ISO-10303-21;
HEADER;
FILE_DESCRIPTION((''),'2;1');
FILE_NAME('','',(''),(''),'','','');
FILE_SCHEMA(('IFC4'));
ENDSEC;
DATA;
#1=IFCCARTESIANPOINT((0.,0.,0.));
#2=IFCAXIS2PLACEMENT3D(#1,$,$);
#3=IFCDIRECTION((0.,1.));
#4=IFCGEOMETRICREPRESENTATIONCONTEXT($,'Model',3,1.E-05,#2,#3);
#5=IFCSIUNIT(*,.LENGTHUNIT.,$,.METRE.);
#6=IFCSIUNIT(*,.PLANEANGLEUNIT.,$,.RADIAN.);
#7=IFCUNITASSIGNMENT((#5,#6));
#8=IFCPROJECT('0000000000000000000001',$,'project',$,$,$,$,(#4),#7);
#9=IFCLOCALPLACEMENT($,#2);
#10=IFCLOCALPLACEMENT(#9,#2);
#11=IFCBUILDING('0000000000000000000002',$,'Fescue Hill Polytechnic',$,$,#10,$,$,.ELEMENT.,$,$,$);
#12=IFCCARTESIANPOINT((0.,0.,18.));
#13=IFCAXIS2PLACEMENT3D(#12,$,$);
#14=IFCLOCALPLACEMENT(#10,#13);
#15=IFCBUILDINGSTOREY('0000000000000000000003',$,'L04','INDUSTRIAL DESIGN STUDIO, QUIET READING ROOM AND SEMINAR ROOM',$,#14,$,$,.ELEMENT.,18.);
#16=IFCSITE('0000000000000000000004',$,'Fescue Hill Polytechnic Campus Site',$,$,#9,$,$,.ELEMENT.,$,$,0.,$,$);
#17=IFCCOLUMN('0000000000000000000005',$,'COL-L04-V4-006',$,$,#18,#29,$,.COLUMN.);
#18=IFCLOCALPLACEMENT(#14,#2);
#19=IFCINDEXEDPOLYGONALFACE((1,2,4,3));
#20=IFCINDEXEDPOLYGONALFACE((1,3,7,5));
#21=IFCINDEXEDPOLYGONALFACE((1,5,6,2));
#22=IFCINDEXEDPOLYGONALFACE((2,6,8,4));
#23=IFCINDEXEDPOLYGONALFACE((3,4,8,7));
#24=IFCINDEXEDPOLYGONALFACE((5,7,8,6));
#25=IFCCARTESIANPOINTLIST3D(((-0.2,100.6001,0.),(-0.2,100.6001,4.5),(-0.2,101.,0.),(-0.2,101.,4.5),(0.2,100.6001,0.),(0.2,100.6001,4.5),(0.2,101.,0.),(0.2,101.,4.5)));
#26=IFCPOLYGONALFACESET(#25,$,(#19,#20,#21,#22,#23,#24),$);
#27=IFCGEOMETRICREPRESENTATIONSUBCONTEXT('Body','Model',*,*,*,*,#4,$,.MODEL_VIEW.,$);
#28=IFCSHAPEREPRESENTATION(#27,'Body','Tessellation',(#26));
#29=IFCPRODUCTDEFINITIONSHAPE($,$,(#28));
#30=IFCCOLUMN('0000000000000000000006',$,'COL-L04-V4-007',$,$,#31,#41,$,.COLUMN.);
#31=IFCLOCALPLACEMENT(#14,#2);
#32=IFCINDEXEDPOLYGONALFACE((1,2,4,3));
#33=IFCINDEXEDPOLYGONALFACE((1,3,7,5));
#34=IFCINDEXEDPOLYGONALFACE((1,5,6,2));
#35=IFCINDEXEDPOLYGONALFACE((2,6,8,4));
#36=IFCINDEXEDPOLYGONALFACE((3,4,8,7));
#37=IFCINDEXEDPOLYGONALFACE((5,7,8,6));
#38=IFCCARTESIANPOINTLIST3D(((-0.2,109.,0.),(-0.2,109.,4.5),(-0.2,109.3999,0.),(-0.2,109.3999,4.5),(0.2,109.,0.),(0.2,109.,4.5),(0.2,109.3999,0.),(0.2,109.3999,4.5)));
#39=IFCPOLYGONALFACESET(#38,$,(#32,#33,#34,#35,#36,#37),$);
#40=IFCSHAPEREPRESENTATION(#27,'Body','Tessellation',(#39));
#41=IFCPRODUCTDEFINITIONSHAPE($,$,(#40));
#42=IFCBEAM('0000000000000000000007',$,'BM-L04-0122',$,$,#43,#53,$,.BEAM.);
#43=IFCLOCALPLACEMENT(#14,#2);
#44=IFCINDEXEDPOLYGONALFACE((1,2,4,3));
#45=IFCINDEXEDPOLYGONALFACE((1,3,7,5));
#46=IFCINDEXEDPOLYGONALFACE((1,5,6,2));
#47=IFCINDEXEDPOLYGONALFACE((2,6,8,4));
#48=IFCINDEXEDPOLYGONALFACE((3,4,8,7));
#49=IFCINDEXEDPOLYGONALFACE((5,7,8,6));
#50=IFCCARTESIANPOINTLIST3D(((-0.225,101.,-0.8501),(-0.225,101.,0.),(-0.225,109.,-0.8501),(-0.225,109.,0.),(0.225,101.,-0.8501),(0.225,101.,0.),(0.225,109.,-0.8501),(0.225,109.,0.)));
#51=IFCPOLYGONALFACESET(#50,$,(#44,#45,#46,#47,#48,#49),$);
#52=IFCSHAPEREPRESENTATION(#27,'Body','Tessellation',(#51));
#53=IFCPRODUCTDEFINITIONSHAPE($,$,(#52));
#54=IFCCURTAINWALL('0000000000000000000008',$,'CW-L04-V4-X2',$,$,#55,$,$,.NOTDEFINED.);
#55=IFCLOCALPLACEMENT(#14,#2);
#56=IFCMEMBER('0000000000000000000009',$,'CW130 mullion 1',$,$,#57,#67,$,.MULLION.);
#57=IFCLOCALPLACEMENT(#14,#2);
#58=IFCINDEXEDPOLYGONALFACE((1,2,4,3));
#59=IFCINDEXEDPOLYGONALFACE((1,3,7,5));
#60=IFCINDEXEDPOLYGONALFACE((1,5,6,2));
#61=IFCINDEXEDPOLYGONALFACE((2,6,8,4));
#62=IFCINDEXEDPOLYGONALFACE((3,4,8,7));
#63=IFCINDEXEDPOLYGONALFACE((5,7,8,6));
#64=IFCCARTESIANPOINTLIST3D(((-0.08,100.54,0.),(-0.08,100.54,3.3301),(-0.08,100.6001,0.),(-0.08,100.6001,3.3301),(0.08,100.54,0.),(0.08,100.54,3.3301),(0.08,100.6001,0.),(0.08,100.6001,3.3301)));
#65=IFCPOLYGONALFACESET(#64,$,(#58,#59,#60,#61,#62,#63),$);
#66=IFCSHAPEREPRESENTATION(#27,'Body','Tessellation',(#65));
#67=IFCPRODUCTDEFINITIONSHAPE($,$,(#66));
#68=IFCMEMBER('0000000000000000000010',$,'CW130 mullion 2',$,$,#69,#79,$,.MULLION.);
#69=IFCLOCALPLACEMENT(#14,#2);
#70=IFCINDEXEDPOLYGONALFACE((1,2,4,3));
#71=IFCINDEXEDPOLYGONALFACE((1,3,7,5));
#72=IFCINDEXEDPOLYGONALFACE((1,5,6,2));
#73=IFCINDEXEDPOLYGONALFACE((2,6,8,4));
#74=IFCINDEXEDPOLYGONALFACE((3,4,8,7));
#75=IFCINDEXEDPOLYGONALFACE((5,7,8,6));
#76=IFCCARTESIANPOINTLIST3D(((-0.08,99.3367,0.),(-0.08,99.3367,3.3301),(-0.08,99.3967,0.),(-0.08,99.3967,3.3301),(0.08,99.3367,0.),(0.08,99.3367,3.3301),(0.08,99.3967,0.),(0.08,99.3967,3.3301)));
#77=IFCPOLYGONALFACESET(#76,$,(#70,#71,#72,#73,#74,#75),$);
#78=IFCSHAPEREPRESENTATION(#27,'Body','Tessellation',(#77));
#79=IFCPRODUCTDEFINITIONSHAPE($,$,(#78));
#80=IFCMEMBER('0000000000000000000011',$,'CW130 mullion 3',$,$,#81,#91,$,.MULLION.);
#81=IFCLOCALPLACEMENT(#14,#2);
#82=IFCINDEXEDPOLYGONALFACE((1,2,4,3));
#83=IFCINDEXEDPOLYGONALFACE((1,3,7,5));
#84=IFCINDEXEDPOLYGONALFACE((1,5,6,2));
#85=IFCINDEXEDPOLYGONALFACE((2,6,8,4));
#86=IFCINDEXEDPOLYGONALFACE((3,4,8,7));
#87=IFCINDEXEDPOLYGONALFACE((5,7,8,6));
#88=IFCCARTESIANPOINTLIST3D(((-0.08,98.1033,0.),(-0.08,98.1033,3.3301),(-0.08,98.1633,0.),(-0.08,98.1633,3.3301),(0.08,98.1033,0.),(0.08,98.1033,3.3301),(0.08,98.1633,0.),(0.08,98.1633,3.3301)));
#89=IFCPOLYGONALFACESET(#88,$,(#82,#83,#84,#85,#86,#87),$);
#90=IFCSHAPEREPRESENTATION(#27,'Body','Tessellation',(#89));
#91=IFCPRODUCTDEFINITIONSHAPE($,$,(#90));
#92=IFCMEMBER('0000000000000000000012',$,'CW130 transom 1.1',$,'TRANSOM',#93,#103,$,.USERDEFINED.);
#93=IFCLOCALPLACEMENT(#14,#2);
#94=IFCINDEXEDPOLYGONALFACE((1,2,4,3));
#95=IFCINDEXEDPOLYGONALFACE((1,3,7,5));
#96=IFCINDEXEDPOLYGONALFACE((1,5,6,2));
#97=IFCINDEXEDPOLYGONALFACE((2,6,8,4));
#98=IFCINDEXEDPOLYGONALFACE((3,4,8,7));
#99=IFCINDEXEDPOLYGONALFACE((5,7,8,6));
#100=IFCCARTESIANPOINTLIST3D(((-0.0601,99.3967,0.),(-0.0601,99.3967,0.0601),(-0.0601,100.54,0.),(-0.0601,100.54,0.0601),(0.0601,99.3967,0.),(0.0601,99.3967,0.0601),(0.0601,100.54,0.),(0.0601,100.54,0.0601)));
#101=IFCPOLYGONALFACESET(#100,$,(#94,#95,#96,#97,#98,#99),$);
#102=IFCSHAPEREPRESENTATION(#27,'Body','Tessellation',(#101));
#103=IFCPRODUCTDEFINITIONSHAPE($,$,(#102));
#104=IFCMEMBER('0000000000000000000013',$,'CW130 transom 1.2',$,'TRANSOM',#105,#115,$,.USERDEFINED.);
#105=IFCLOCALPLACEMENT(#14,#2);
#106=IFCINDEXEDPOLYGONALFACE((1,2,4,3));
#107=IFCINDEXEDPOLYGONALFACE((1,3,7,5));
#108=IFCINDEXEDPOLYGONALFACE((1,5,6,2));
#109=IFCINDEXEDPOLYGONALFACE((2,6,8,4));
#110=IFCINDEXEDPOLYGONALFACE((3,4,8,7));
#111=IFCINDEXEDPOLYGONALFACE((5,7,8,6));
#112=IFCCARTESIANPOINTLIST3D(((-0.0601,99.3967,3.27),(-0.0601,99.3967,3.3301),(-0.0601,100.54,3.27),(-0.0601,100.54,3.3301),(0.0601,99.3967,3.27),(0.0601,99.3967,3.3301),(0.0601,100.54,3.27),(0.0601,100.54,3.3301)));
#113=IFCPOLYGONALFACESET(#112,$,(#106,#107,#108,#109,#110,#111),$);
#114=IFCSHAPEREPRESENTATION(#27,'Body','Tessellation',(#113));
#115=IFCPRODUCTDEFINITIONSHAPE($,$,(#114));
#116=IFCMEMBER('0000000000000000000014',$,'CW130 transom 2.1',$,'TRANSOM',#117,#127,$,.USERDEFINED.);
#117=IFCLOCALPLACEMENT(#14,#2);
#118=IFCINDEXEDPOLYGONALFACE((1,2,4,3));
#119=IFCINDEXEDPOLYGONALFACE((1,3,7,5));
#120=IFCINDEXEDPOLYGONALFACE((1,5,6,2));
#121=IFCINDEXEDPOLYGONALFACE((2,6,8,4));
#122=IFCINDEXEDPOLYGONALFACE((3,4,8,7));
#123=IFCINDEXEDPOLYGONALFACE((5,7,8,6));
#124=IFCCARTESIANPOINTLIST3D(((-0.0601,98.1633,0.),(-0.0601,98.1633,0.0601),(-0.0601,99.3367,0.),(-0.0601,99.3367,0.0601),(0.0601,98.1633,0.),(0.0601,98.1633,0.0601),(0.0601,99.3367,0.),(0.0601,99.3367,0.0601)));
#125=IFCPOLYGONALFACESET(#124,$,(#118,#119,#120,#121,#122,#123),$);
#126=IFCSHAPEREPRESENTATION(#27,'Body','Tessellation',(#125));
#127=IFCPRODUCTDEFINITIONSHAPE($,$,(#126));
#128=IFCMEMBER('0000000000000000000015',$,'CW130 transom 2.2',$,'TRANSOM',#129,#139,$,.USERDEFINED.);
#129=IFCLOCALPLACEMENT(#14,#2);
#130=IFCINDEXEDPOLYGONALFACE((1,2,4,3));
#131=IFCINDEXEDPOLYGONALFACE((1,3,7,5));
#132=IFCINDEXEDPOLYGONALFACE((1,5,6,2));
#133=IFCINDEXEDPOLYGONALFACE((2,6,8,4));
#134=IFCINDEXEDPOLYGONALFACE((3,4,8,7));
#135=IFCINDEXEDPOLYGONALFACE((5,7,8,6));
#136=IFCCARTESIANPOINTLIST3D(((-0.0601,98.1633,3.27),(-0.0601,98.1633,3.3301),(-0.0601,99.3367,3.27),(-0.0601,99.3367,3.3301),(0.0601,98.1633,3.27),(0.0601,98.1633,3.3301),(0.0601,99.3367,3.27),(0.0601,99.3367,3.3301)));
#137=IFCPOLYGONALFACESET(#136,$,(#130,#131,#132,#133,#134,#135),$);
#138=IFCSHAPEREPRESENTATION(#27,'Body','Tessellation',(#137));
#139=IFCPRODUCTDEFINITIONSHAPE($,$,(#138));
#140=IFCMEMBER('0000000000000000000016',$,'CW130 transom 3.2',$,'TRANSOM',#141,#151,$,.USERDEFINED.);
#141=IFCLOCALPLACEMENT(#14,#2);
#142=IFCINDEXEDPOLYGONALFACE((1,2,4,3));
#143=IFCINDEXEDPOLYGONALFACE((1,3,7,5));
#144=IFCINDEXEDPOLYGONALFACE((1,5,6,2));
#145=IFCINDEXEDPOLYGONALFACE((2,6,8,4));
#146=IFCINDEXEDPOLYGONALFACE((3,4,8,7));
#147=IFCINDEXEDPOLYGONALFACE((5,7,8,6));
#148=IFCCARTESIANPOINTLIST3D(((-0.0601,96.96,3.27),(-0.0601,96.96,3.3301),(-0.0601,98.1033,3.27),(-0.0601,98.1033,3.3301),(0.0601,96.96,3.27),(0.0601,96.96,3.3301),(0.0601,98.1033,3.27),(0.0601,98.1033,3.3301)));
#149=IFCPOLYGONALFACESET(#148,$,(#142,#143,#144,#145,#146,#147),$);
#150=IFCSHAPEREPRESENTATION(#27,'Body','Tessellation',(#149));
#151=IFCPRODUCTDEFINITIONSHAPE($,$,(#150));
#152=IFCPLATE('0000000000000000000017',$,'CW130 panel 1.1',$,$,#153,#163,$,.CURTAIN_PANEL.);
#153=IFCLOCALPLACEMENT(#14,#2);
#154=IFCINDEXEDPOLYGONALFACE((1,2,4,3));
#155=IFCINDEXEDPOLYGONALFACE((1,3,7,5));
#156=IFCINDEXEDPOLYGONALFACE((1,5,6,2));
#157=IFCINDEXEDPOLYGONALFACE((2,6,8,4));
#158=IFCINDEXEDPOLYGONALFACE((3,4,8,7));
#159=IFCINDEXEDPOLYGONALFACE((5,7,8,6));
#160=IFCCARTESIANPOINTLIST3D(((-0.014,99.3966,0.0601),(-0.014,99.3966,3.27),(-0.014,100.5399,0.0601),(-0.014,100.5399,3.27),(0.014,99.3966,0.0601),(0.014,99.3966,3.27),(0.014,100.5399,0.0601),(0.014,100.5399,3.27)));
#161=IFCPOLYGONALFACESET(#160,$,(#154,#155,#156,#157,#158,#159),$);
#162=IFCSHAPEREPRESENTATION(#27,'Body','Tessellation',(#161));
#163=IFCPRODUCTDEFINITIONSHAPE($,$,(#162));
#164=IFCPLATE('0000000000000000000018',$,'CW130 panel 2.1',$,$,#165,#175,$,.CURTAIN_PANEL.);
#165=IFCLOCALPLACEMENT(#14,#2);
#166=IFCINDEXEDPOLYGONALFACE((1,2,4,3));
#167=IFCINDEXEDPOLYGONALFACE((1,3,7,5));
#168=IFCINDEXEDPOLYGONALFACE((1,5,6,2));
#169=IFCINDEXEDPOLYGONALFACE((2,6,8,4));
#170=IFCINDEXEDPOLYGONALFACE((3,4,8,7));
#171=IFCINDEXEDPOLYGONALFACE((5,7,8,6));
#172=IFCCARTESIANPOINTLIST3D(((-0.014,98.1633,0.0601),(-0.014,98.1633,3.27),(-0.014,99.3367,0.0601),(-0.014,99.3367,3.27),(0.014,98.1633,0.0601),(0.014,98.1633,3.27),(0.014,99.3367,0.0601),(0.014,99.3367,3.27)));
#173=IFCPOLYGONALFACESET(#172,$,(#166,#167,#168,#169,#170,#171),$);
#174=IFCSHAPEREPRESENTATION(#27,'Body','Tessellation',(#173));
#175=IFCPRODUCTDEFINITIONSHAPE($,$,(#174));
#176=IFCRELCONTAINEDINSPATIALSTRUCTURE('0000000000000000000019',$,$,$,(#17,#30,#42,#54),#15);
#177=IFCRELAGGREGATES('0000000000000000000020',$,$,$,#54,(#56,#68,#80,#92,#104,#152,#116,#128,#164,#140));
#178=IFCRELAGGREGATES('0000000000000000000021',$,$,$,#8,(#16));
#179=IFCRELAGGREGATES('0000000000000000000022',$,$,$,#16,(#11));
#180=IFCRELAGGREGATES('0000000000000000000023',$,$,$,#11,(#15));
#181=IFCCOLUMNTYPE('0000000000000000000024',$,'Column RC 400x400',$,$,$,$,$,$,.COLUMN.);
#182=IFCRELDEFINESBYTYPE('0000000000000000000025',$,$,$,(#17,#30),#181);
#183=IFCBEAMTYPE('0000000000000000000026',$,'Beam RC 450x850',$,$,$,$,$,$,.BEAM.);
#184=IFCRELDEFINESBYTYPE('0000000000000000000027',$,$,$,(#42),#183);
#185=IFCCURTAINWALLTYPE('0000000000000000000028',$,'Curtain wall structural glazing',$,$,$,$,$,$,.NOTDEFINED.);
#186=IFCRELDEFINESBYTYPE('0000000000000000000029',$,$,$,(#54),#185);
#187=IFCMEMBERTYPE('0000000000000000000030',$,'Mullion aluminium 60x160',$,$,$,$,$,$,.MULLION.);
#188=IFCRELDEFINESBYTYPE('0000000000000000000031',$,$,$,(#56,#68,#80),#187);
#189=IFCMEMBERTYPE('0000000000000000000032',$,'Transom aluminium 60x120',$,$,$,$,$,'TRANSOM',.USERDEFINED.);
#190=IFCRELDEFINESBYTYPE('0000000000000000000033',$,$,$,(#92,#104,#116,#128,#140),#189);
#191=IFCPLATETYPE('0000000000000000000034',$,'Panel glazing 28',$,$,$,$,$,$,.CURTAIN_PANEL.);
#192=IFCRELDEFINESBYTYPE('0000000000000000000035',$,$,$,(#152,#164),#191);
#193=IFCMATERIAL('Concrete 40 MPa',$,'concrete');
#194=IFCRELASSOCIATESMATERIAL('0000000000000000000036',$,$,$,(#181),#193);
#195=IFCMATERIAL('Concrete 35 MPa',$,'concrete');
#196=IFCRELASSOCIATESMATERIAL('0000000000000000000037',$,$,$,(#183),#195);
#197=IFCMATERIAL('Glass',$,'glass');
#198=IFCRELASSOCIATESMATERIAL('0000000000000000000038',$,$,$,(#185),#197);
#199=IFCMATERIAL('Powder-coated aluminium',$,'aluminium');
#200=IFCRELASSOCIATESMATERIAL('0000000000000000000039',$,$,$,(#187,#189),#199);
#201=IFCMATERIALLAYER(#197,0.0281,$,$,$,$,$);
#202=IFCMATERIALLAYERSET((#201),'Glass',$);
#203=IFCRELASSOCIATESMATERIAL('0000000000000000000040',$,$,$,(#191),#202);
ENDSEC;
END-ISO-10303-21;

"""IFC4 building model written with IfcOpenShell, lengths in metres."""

from ifc_helpers import new_model, si_unit, direction, frame, origin, origin_2d, place, context, subcontext, project, spatial, rectangle, extrude, material, layer, layer_set, material_profile, profile_set, type_object, element, aggregate, save


model = new_model("IFC4")

# Units and contexts
model_context = context("Model", 3, precision=1e-05, world=origin(), true_north=direction((0.0, 1.0)))
body_context = subcontext(model_context, "Body", "Model", "MODEL_VIEW")
ifc_project = project(units=[si_unit("LENGTHUNIT", "METRE"), si_unit("PLANEANGLEUNIT", "RADIAN")], contexts=[model_context])

# Site, building, storey
site_placement = place(None, origin())
site = spatial("IfcSite", under=ifc_project, at=site_placement, Name="Fescue Hill Polytechnic Campus Site", CompositionType="ELEMENT", RefElevation=0.0)
building_placement = place(site_placement, origin())
building = spatial("IfcBuilding", under=site, at=building_placement, Name="Fescue Hill Polytechnic", CompositionType="ELEMENT")
storey_placement = place(building_placement, frame((0.0, 0.0, 18.0)))
storey = spatial("IfcBuildingStorey", under=building, at=storey_placement, Name="L04", Description="INDUSTRIAL DESIGN STUDIO, QUIET READING ROOM AND SEMINAR ROOM", CompositionType="ELEMENT", Elevation=18.0)

# Columns
ifc_material_1 = material(Name="Concrete 40 MPa", Category="concrete")
ifc_material_profile_1 = material_profile(ifc_material_1, rectangle(XDim=0.3999, YDim=0.3999, at=origin_2d()), Name="RC 400x400")
ifc_profile_set_1 = profile_set([ifc_material_profile_1], Name="Concrete 40 MPa")
column_type = type_object("IfcColumnType", Name="Column RC 400x400", PredefinedType="COLUMN", material=ifc_profile_set_1)
for number, where, z_axis, x_axis, name in (
    (1, (0.0, 100.8, 0.0), (0.0, 0.0, 1.0), (1.0, 0.0, 0.0), "COL-L04-V4-006"),
    (2, (0.0, 109.2, 0.0), (0.0, 0.0, 1.0), (1.0, 0.0, 0.0), "COL-L04-V4-007"),
):
    element("IfcColumn", number, at=place(storey_placement, frame(where, z_axis=z_axis, x_axis=x_axis)), inside=storey, type_object=column_type, Name=name, PredefinedType="COLUMN", context=body_context, shape_type="SweptSolid", body=[
        extrude(rectangle(XDim=0.3999, YDim=0.3999, at=origin_2d()), origin(), (0.0, 0.0, 1.0), 4.5),
    ])

# Beam
ifc_material_2 = material(Name="Concrete 35 MPa", Category="concrete")
ifc_material_profile_2 = material_profile(ifc_material_2, rectangle(XDim=0.45, YDim=0.8501, at=origin_2d()), Name="RC 450x850")
ifc_profile_set_2 = profile_set([ifc_material_profile_2], Name="Concrete 35 MPa")
beam_type = type_object("IfcBeamType", Name="Beam RC 450x850", PredefinedType="BEAM", material=ifc_profile_set_2)
beam_placement = place(storey_placement, frame((0.0, 101.0, -0.425), z_axis=(0.0, 1.0, 0.0), x_axis=(-1.0, 0.0, 0.0)))
element("IfcBeam", 3, at=beam_placement, inside=storey, type_object=beam_type, Name="BM-L04-0122", PredefinedType="BEAM", context=body_context, shape_type="SweptSolid", body=[
    extrude(rectangle(XDim=0.45, YDim=0.8501, at=origin_2d()), origin(), (0.0, 0.0, 1.0), 8.0),
])

# Curtain wall, members, plates
ifc_material_3 = material(Name="Glass", Category="glass")
curtain_wall_type = type_object("IfcCurtainWallType", Name="Curtain wall structural glazing", PredefinedType="NOTDEFINED", material=ifc_material_3)
curtain_wall_placement = place(storey_placement, origin())
curtain_wall = element("IfcCurtainWall", 4, at=curtain_wall_placement, inside=storey, type_object=curtain_wall_type, Name="CW-L04-V4-X2", PredefinedType="NOTDEFINED")
ifc_material_4 = material(Name="Powder-coated aluminium", Category="aluminium")
ifc_material_profile_3 = material_profile(ifc_material_4, rectangle(XDim=0.1599, YDim=0.0601, at=origin_2d()), Name="Mullion aluminium 60x160")
ifc_profile_set_3 = profile_set([ifc_material_profile_3], Name="Powder-coated aluminium")
member_type_1 = type_object("IfcMemberType", Name="Mullion aluminium 60x160", PredefinedType="MULLION", material=ifc_profile_set_3)
member_1_placement = place(storey_placement, frame((0.0, 100.5701, 0.0), z_axis=(0.0, 0.0, 1.0), x_axis=(1.0, 0.0, 0.0)))
member_1 = element("IfcMember", 5, at=member_1_placement, type_object=member_type_1, Name="CW130 mullion 1", PredefinedType="MULLION", context=body_context, shape_type="SweptSolid", body=[
    extrude(rectangle(XDim=0.1599, YDim=0.0601, at=origin_2d()), origin(), (0.0, 0.0, 1.0), 3.3301),
])
member_2_placement = place(storey_placement, frame((0.0, 99.3667, 0.0), z_axis=(0.0, 0.0, 1.0), x_axis=(1.0, 0.0, 0.0)))
member_2 = element("IfcMember", 6, at=member_2_placement, type_object=member_type_1, Name="CW130 mullion 2", PredefinedType="MULLION", context=body_context, shape_type="SweptSolid", body=[
    extrude(rectangle(XDim=0.1599, YDim=0.0601, at=origin_2d()), origin(), (0.0, 0.0, 1.0), 3.3301),
])
member_3_placement = place(storey_placement, frame((0.0, 98.1333, 0.0), z_axis=(0.0, 0.0, 1.0), x_axis=(1.0, 0.0, 0.0)))
member_3 = element("IfcMember", 7, at=member_3_placement, type_object=member_type_1, Name="CW130 mullion 3", PredefinedType="MULLION", context=body_context, shape_type="SweptSolid", body=[
    extrude(rectangle(XDim=0.1599, YDim=0.0601, at=origin_2d()), origin(), (0.0, 0.0, 1.0), 3.3301),
])
ifc_material_profile_4 = material_profile(ifc_material_4, rectangle(XDim=0.1201, YDim=0.0601, at=origin_2d()), Name="Transom aluminium 60x120")
ifc_profile_set_4 = profile_set([ifc_material_profile_4], Name="Powder-coated aluminium")
member_type_2 = type_object("IfcMemberType", Name="Transom aluminium 60x120", ElementType="TRANSOM", PredefinedType="USERDEFINED", material=ifc_profile_set_4)
member_4_placement = place(storey_placement, frame((0.0, 100.54, 0.03), z_axis=(0.0, -1.0, 0.0), x_axis=(1.0, 0.0, 0.0)))
member_4 = element("IfcMember", 8, at=member_4_placement, type_object=member_type_2, Name="CW130 transom 1.1", ObjectType="TRANSOM", PredefinedType="USERDEFINED", context=body_context, shape_type="SweptSolid", body=[
    extrude(rectangle(XDim=0.1201, YDim=0.0601, at=origin_2d()), origin(), (0.0, 0.0, 1.0), 1.1433),
])
member_5_placement = place(storey_placement, frame((0.0, 100.54, 3.3), z_axis=(0.0, -1.0, 0.0), x_axis=(1.0, 0.0, 0.0)))
member_5 = element("IfcMember", 9, at=member_5_placement, type_object=member_type_2, Name="CW130 transom 1.2", ObjectType="TRANSOM", PredefinedType="USERDEFINED", context=body_context, shape_type="SweptSolid", body=[
    extrude(rectangle(XDim=0.1201, YDim=0.0601, at=origin_2d()), origin(), (0.0, 0.0, 1.0), 1.1433),
])
member_6_placement = place(storey_placement, frame((0.0, 99.3367, 0.03), z_axis=(0.0, -1.0, 0.0), x_axis=(1.0, 0.0, 0.0)))
member_6 = element("IfcMember", 10, at=member_6_placement, type_object=member_type_2, Name="CW130 transom 2.1", ObjectType="TRANSOM", PredefinedType="USERDEFINED", context=body_context, shape_type="SweptSolid", body=[
    extrude(rectangle(XDim=0.1201, YDim=0.0601, at=origin_2d()), origin(), (0.0, 0.0, 1.0), 1.1733),
])
member_7_placement = place(storey_placement, frame((0.0, 99.3367, 3.3), z_axis=(0.0, -1.0, 0.0), x_axis=(1.0, 0.0, 0.0)))
member_7 = element("IfcMember", 11, at=member_7_placement, type_object=member_type_2, Name="CW130 transom 2.2", ObjectType="TRANSOM", PredefinedType="USERDEFINED", context=body_context, shape_type="SweptSolid", body=[
    extrude(rectangle(XDim=0.1201, YDim=0.0601, at=origin_2d()), origin(), (0.0, 0.0, 1.0), 1.1733),
])
member_8_placement = place(storey_placement, frame((0.0, 98.1033, 3.3), z_axis=(0.0, -1.0, 0.0), x_axis=(1.0, 0.0, 0.0)))
member_8 = element("IfcMember", 12, at=member_8_placement, type_object=member_type_2, Name="CW130 transom 3.2", ObjectType="TRANSOM", PredefinedType="USERDEFINED", context=body_context, shape_type="SweptSolid", body=[
    extrude(rectangle(XDim=0.1201, YDim=0.0601, at=origin_2d()), origin(), (0.0, 0.0, 1.0), 1.1433),
])
ifc_layer_1 = layer(ifc_material_3, 0.0281)
ifc_layer_set_1 = layer_set([ifc_layer_1], Name="Glass")
plate_type = type_object("IfcPlateType", Name="Panel glazing 28", PredefinedType="CURTAIN_PANEL", material=ifc_layer_set_1)
plate_1_placement = place(storey_placement, frame((0.0, 99.9683, 0.0601), z_axis=(0.0, 0.0, 1.0), x_axis=(0.0, -1.0, 0.0)))
plate_1 = element("IfcPlate", 13, at=plate_1_placement, type_object=plate_type, Name="CW130 panel 1.1", PredefinedType="CURTAIN_PANEL", context=body_context, shape_type="SweptSolid", body=[
    extrude(rectangle(XDim=1.1433, YDim=0.0281, at=origin_2d()), origin(), (0.0, 0.0, 1.0), 3.21),
])
plate_2_placement = place(storey_placement, frame((0.0, 98.75, 0.0601), z_axis=(0.0, 0.0, 1.0), x_axis=(0.0, -1.0, 0.0)))
plate_2 = element("IfcPlate", 14, at=plate_2_placement, type_object=plate_type, Name="CW130 panel 2.1", PredefinedType="CURTAIN_PANEL", context=body_context, shape_type="SweptSolid", body=[
    extrude(rectangle(XDim=1.1733, YDim=0.0281, at=origin_2d()), origin(), (0.0, 0.0, 1.0), 3.21),
])
aggregate(curtain_wall, [member_1, member_2, member_3, member_4, member_5, plate_1, member_6, member_7, plate_2, member_8])

save(model, "model.ifc")
